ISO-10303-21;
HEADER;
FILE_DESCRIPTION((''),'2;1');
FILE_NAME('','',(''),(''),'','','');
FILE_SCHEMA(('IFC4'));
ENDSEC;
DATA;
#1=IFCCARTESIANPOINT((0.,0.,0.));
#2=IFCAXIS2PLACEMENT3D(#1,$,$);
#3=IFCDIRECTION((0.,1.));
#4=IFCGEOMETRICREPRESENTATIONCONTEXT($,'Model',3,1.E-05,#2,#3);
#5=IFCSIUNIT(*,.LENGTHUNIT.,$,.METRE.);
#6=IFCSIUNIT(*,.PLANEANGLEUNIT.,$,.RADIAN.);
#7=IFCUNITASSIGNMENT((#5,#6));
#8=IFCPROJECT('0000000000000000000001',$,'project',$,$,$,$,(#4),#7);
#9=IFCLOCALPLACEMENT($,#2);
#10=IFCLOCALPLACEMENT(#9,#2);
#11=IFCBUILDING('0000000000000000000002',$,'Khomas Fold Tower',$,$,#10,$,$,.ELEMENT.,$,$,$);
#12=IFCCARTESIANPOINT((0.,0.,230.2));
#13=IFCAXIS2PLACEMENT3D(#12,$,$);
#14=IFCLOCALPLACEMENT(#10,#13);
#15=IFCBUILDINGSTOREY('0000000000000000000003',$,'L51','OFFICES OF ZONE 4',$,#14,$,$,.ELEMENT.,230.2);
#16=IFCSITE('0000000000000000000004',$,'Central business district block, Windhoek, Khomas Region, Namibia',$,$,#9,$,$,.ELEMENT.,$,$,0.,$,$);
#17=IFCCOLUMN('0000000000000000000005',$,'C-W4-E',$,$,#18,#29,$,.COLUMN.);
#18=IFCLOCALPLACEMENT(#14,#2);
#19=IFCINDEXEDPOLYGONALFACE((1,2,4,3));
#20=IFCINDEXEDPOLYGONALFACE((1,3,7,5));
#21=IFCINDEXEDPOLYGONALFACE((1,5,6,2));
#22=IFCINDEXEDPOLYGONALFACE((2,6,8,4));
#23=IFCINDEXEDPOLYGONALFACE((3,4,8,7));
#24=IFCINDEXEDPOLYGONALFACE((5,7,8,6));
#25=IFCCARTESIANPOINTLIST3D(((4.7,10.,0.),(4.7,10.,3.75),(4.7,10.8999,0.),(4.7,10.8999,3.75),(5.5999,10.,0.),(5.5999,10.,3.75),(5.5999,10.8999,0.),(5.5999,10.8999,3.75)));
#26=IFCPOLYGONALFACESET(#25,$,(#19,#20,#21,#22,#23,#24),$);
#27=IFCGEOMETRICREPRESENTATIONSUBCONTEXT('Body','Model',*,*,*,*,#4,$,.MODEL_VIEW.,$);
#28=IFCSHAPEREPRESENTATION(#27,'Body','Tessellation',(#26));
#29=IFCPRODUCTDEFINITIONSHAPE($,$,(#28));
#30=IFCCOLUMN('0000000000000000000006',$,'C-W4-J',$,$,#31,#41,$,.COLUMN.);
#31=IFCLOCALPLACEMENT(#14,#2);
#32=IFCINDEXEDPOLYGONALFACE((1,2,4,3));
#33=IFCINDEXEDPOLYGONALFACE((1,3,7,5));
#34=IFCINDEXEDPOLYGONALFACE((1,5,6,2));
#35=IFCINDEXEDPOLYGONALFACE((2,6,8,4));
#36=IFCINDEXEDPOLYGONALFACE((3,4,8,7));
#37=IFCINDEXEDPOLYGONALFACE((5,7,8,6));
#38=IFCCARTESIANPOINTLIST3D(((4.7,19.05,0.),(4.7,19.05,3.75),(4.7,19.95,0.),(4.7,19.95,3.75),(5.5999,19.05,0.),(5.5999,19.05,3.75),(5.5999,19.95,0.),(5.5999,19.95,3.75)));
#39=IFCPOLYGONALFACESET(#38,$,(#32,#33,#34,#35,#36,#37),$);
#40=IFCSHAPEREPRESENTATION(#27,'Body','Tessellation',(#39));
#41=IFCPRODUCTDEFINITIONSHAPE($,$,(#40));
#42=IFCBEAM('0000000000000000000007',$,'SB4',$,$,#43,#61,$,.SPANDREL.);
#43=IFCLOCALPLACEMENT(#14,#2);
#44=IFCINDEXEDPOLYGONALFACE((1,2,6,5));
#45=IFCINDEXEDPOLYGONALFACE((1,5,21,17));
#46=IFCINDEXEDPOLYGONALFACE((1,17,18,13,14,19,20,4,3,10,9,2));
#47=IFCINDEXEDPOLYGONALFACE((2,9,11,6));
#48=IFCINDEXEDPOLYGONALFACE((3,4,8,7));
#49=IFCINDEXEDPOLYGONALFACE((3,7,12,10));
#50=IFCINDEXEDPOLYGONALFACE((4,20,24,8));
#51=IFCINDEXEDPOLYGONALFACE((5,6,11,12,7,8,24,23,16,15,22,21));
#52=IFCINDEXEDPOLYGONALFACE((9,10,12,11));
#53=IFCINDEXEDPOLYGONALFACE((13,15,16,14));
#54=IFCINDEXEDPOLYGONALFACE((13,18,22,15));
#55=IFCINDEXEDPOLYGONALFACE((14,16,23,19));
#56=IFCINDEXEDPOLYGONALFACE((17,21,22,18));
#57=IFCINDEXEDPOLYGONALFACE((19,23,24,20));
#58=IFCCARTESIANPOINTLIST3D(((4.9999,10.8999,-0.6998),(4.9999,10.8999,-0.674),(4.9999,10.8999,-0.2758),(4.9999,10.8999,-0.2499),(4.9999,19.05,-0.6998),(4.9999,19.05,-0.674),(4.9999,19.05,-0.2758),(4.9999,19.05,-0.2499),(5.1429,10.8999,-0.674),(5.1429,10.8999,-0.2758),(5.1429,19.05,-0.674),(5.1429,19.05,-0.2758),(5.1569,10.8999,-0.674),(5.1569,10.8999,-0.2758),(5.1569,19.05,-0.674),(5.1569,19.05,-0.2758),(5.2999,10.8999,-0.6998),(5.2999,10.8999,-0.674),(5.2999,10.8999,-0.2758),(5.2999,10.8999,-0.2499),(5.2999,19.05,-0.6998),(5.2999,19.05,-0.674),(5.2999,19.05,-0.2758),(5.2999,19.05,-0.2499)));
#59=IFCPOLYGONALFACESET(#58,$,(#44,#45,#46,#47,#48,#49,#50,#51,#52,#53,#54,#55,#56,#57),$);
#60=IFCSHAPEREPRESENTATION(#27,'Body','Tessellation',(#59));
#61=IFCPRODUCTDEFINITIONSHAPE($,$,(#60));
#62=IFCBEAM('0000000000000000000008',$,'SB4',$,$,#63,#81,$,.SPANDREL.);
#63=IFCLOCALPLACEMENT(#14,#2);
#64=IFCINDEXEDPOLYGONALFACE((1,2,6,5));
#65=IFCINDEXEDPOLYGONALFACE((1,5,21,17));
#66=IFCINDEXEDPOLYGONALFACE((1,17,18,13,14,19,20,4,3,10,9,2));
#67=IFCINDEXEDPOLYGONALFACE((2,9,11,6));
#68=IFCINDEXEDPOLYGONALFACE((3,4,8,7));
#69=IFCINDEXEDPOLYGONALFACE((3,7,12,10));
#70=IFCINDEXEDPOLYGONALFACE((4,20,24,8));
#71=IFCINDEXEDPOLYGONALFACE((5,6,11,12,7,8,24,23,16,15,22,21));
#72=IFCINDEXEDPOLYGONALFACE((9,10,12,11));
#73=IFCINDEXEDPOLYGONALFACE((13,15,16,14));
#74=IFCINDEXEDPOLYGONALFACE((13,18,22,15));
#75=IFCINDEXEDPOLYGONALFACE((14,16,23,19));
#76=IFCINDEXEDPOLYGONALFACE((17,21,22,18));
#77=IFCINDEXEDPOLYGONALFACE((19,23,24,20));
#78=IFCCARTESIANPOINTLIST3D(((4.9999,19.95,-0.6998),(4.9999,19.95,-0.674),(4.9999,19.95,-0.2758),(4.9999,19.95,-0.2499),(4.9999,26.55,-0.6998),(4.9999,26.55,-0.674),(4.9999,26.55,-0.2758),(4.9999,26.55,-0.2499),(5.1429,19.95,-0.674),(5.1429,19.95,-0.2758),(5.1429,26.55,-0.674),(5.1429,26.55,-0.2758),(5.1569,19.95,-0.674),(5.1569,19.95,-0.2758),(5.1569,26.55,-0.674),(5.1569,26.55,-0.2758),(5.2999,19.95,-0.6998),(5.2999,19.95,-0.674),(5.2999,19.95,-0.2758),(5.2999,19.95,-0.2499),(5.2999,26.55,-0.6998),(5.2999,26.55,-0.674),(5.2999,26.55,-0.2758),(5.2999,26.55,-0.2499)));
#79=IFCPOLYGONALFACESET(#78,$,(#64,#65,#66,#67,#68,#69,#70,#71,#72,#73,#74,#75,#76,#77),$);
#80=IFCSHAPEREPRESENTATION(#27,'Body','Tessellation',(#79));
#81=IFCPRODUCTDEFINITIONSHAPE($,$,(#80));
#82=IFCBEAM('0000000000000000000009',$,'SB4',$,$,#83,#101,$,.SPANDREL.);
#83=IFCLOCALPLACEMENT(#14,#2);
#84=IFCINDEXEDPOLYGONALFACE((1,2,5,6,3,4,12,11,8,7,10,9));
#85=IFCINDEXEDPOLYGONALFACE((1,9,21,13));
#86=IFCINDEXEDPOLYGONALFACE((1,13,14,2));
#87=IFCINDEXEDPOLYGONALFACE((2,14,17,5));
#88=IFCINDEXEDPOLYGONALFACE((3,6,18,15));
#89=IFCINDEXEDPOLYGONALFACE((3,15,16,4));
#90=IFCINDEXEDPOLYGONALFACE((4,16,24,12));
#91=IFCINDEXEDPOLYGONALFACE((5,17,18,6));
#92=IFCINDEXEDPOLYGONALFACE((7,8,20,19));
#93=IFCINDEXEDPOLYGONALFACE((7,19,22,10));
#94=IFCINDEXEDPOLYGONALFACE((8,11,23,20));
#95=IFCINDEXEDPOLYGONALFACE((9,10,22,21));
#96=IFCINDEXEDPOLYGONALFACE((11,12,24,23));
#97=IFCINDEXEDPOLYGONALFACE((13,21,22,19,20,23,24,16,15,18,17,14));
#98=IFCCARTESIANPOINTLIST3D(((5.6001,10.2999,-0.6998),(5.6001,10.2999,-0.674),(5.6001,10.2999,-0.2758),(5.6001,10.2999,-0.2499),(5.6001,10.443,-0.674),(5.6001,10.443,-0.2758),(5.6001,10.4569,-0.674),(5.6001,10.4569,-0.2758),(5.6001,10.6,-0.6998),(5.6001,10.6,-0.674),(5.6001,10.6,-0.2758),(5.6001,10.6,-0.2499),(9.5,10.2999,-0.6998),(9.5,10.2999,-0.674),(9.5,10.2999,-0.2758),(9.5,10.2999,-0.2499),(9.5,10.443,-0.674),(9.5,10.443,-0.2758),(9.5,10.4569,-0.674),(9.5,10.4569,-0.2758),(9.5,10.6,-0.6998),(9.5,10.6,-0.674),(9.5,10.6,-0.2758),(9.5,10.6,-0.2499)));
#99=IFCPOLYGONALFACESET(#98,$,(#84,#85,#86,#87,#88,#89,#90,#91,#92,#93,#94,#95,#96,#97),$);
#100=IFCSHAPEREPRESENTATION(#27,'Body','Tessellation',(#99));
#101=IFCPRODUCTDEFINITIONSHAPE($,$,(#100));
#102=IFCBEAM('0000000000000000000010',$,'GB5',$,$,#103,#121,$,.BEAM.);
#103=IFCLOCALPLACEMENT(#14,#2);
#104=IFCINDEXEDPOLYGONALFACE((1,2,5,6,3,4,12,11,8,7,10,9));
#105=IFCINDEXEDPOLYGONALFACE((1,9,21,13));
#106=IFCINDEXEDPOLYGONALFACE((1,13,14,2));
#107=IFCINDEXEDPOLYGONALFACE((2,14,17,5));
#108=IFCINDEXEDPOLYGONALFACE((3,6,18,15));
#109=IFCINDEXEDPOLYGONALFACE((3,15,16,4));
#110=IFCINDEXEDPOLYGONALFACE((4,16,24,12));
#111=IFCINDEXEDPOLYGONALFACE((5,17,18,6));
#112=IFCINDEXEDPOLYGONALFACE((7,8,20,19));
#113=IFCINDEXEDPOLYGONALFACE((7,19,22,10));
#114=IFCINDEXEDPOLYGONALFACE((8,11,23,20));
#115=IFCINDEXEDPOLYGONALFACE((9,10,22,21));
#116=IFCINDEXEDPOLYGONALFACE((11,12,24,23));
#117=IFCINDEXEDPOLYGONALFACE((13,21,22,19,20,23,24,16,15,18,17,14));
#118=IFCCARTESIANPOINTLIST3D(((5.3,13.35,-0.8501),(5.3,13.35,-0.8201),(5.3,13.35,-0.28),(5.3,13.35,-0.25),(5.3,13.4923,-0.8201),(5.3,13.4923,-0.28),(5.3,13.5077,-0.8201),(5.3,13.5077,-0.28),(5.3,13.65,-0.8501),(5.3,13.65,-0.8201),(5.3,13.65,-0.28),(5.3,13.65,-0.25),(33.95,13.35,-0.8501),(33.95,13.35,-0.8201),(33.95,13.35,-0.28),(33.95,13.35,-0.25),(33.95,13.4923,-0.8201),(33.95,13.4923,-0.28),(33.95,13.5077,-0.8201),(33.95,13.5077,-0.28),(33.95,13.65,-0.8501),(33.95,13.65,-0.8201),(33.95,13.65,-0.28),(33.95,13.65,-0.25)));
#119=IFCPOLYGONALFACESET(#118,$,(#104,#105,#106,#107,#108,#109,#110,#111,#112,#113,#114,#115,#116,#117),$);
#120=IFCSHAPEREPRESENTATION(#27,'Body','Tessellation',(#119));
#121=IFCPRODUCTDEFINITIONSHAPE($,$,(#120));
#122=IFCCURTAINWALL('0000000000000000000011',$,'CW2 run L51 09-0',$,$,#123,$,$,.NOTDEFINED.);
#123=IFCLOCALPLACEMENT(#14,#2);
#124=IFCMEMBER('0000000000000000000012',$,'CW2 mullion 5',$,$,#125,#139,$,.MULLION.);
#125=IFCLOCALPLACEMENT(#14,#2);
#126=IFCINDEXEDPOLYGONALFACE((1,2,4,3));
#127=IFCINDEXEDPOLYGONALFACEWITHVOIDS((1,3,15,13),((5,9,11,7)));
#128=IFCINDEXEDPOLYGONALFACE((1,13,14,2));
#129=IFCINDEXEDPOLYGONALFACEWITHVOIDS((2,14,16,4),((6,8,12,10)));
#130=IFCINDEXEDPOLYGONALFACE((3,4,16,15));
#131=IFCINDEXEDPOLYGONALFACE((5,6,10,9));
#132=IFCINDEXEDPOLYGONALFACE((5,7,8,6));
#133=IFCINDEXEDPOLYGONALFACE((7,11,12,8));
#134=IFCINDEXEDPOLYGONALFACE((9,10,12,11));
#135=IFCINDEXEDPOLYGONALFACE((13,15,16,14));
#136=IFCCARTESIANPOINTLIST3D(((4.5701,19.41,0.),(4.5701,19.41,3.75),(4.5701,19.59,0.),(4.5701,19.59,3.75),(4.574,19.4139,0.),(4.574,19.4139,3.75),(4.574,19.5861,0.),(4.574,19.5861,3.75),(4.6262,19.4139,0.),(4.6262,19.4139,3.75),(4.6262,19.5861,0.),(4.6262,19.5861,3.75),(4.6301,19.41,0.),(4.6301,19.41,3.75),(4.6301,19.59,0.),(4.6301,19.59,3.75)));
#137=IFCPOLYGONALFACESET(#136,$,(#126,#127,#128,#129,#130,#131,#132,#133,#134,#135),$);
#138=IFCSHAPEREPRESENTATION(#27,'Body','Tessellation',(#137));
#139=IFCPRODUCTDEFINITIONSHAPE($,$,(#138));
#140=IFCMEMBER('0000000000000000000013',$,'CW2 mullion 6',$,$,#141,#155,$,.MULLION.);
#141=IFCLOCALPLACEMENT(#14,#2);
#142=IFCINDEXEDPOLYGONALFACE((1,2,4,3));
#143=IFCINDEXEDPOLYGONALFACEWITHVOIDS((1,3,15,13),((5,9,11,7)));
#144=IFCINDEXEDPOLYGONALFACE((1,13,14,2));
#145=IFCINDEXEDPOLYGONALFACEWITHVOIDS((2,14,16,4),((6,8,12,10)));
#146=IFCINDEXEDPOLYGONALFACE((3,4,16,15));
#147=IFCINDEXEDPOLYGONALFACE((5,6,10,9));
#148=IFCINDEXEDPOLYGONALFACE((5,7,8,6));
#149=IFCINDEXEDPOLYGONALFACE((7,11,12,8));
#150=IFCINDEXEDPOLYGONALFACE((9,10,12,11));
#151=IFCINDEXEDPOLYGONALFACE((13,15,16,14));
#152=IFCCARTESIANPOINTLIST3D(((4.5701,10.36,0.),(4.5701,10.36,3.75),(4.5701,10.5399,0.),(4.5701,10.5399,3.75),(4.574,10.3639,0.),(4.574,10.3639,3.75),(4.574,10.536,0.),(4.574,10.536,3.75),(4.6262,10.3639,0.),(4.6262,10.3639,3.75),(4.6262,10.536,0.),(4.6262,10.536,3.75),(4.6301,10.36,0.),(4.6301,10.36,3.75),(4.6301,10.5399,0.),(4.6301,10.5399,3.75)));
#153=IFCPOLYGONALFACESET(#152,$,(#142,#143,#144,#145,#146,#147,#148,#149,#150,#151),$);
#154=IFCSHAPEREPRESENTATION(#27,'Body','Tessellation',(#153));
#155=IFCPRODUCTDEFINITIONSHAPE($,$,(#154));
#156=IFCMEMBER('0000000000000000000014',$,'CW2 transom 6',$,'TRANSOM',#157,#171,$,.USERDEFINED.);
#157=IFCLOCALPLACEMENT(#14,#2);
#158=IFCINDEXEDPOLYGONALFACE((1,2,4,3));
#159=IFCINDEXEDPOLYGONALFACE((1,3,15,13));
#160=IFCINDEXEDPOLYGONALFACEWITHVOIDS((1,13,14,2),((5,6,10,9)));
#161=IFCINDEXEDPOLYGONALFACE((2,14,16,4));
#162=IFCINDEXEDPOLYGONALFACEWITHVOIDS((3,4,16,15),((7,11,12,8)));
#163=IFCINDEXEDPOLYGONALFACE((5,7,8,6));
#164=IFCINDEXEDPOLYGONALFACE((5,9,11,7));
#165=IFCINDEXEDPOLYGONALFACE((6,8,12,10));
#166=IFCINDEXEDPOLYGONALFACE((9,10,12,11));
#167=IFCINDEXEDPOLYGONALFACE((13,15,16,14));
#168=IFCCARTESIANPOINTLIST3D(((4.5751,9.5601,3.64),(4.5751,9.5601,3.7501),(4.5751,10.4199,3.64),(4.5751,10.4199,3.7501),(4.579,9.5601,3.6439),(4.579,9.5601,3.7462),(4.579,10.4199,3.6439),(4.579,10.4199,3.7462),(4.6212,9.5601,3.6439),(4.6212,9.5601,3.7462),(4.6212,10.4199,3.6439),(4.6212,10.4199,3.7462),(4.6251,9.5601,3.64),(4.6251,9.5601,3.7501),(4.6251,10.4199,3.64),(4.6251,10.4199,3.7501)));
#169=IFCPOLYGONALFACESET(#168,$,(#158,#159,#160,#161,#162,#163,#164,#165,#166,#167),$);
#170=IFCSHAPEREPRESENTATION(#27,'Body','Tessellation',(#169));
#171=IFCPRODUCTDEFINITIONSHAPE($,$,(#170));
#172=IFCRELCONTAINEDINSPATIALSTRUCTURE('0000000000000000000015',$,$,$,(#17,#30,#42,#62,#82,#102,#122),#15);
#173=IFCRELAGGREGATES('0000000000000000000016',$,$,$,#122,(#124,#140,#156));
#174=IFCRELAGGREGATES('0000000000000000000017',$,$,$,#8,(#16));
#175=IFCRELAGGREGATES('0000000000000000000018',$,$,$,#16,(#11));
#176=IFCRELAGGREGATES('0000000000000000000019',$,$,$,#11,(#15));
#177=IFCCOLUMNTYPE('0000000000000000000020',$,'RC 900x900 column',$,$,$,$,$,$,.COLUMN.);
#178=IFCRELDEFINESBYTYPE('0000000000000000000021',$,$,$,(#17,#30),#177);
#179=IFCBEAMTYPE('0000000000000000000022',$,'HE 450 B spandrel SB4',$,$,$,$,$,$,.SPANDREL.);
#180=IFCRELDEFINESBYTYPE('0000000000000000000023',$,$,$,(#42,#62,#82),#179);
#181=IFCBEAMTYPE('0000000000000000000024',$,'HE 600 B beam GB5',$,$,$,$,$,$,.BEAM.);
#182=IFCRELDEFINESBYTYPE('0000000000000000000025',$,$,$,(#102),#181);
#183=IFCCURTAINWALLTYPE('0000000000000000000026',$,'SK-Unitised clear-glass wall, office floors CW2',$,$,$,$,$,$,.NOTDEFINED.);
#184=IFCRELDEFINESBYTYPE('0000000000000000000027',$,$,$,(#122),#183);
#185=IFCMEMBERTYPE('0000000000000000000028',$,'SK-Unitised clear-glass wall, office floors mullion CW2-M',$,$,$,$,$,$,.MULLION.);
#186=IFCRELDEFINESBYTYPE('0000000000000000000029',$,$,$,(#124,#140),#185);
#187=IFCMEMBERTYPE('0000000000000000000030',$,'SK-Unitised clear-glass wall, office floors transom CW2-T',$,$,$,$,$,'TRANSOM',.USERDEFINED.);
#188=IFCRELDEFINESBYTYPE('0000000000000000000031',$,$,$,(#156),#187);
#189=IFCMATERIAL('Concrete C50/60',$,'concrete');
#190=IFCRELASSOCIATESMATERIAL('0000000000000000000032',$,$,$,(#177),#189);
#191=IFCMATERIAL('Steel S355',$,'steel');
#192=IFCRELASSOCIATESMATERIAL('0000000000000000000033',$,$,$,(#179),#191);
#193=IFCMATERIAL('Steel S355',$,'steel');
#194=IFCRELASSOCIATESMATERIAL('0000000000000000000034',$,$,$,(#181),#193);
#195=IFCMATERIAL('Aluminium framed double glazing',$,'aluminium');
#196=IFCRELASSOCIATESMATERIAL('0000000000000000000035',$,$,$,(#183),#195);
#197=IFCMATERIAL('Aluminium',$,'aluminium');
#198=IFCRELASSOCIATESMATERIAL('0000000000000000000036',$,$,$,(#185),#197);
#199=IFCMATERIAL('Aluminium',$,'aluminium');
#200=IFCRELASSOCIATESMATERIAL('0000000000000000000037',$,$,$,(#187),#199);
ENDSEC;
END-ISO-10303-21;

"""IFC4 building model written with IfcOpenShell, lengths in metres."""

from ifc_helpers import new_model, si_unit, direction, frame, origin, origin_2d, place, context, subcontext, project, spatial, rectangle, hollow_rectangle, i_section, extrude, source, transform, mapped, material, material_profile, profile_set, type_object, element, aggregate, save


model = new_model("IFC4")

# Units and contexts
model_context = context("Model", 3, precision=1e-05, world=origin(), true_north=direction((0.0, 1.0)))
body_context = subcontext(model_context, "Body", "Model", "MODEL_VIEW")
ifc_project = project(units=[si_unit("LENGTHUNIT", "METRE"), si_unit("PLANEANGLEUNIT", "RADIAN")], contexts=[model_context])

# Site, building, storey
site_placement = place(None, origin())
site = spatial("IfcSite", under=ifc_project, at=site_placement, Name="Central business district block, Windhoek, Khomas Region, Namibia", CompositionType="ELEMENT", RefElevation=0.0)
building_placement = place(site_placement, origin())
building = spatial("IfcBuilding", under=site, at=building_placement, Name="Khomas Fold Tower", CompositionType="ELEMENT")
storey_placement = place(building_placement, frame((0.0, 0.0, 230.2)))
storey = spatial("IfcBuildingStorey", under=building, at=storey_placement, Name="L51", Description="OFFICES OF ZONE 4", CompositionType="ELEMENT", Elevation=230.2)

# Columns
ifc_material_1 = material(Name="Concrete C50/60", Category="concrete")
ifc_material_profile_1 = material_profile(ifc_material_1, rectangle(XDim=0.8999, YDim=0.8999, at=origin_2d()), Name="RC 900x900")
ifc_profile_set_1 = profile_set([ifc_material_profile_1], Name="Concrete C50/60")
column_type = type_object("IfcColumnType", Name="RC 900x900 column", PredefinedType="COLUMN", material=ifc_profile_set_1)
shared_shape_1 = source(origin(), body_context, "Body", "SweptSolid", [
    extrude(rectangle(XDim=0.8999, YDim=0.8999, at=origin_2d()), origin(), (0.0, 0.0, 1.0), 3.75),
])
for number, where, z_axis, x_axis, name in (
    (1, (5.1499, 10.45, 0.0), (0.0, 0.0, 1.0), (1.0, 0.0, 0.0), "C-W4-E"),
    (2, (5.1499, 19.5, 0.0), (0.0, 0.0, 1.0), (1.0, 0.0, 0.0), "C-W4-J"),
):
    element("IfcColumn", number, at=place(storey_placement, frame(where, z_axis=z_axis, x_axis=x_axis)), inside=storey, type_object=column_type, Name=name, PredefinedType="COLUMN", context=body_context, shape_type="MappedRepresentation", body=[
        mapped(shared_shape_1, transform((0.0, 0.0, 0.0))),
    ])

# Beams
ifc_material_2 = material(Name="Steel S355", Category="steel")
ifc_material_profile_2 = material_profile(ifc_material_2, i_section(OverallWidth=0.3, OverallDepth=0.45, WebThickness=0.0139, FlangeThickness=0.0259, at=origin_2d()), Name="HE 450 B")
ifc_profile_set_2 = profile_set([ifc_material_profile_2], Name="Steel S355")
beam_type_1 = type_object("IfcBeamType", Name="HE 450 B spandrel SB4", PredefinedType="SPANDREL", material=ifc_profile_set_2)
shared_shape_2 = source(origin(), body_context, "Body", "SweptSolid", [
    extrude(i_section(OverallWidth=0.3, OverallDepth=0.45, WebThickness=0.0139, FlangeThickness=0.0259, at=origin_2d()), origin(), (0.0, 0.0, 1.0), 8.1501),
])
beam_1_placement = place(storey_placement, frame((5.1499, 10.8999, -0.4749), z_axis=(0.0, 1.0, 0.0), x_axis=(-1.0, 0.0, 0.0)))
element("IfcBeam", 3, at=beam_1_placement, inside=storey, type_object=beam_type_1, Name="SB4", PredefinedType="SPANDREL", context=body_context, shape_type="MappedRepresentation", body=[
    mapped(shared_shape_2, transform((0.0, 0.0, 0.0))),
])
shared_shape_3 = source(origin(), body_context, "Body", "SweptSolid", [
    extrude(i_section(OverallWidth=0.3, OverallDepth=0.45, WebThickness=0.0139, FlangeThickness=0.0259, at=origin_2d()), origin(), (0.0, 0.0, 1.0), 6.6001),
])
beam_2_placement = place(storey_placement, frame((5.1499, 19.95, -0.4749), z_axis=(0.0, 1.0, 0.0), x_axis=(-1.0, 0.0, 0.0)))
element("IfcBeam", 4, at=beam_2_placement, inside=storey, type_object=beam_type_1, Name="SB4", PredefinedType="SPANDREL", context=body_context, shape_type="MappedRepresentation", body=[
    mapped(shared_shape_3, transform((0.0, 0.0, 0.0))),
])
shared_shape_4 = source(origin(), body_context, "Body", "SweptSolid", [
    extrude(i_section(OverallWidth=0.3, OverallDepth=0.45, WebThickness=0.0139, FlangeThickness=0.0259, at=origin_2d()), origin(), (0.0, 0.0, 1.0), 3.8999),
])
beam_3_placement = place(storey_placement, frame((5.6001, 10.45, -0.4749), z_axis=(1.0, 0.0, 0.0), x_axis=(0.0, 1.0, 0.0)))
element("IfcBeam", 5, at=beam_3_placement, inside=storey, type_object=beam_type_1, Name="SB4", PredefinedType="SPANDREL", context=body_context, shape_type="MappedRepresentation", body=[
    mapped(shared_shape_4, transform((0.0, 0.0, 0.0))),
])
ifc_material_3 = material(Name="Steel S355", Category="steel")
ifc_material_profile_3 = material_profile(ifc_material_3, i_section(OverallWidth=0.3, OverallDepth=0.6001, WebThickness=0.0154, FlangeThickness=0.03, at=origin_2d()), Name="HE 600 B")
ifc_profile_set_3 = profile_set([ifc_material_profile_3], Name="Steel S355")
beam_type_2 = type_object("IfcBeamType", Name="HE 600 B beam GB5", PredefinedType="BEAM", material=ifc_profile_set_3)
shared_shape_5 = source(origin(), body_context, "Body", "SweptSolid", [
    extrude(i_section(OverallWidth=0.3, OverallDepth=0.6001, WebThickness=0.0154, FlangeThickness=0.03, at=origin_2d()), origin(), (0.0, 0.0, 1.0), 28.6499),
])
beam_4_placement = place(storey_placement, frame((5.3, 13.5, -0.55), z_axis=(1.0, 0.0, 0.0), x_axis=(0.0, 1.0, 0.0)))
element("IfcBeam", 6, at=beam_4_placement, inside=storey, type_object=beam_type_2, Name="GB5", PredefinedType="BEAM", context=body_context, shape_type="MappedRepresentation", body=[
    mapped(shared_shape_5, transform((0.0, 0.0, 0.0))),
])

# Curtain wall, members
ifc_material_4 = material(Name="Aluminium framed double glazing", Category="aluminium")
curtain_wall_type = type_object("IfcCurtainWallType", Name="SK-Unitised clear-glass wall, office floors CW2", PredefinedType="NOTDEFINED", material=ifc_material_4)
curtain_wall_placement = place(storey_placement, origin())
curtain_wall = element("IfcCurtainWall", 7, at=curtain_wall_placement, inside=storey, type_object=curtain_wall_type, Name="CW2 run L51 09-0", PredefinedType="NOTDEFINED")
ifc_material_5 = material(Name="Aluminium", Category="aluminium")
ifc_material_profile_4 = material_profile(ifc_material_5, hollow_rectangle(XDim=0.0601, YDim=0.1799, WallThickness=0.0039, at=origin_2d()), Name="SK-Unitised clear-glass wall, office floors mullion CW2-M")
ifc_profile_set_4 = profile_set([ifc_material_profile_4], Name="Aluminium")
member_type_1 = type_object("IfcMemberType", Name="SK-Unitised clear-glass wall, office floors mullion CW2-M", PredefinedType="MULLION", material=ifc_profile_set_4)
shared_shape_6 = source(origin(), body_context, "Body", "SweptSolid", [
    extrude(hollow_rectangle(XDim=0.0601, YDim=0.1799, WallThickness=0.0039, at=origin_2d()), origin(), (0.0, 0.0, 1.0), 3.75),
])
member_1_placement = place(storey_placement, frame((4.6001, 19.5, 0.0), z_axis=(0.0, 0.0, 1.0), x_axis=(1.0, 0.0, 0.0)))
member_1 = element("IfcMember", 8, at=member_1_placement, type_object=member_type_1, Name="CW2 mullion 5", PredefinedType="MULLION", context=body_context, shape_type="MappedRepresentation", body=[
    mapped(shared_shape_6, transform((0.0, 0.0, 0.0))),
])
member_2_placement = place(storey_placement, frame((4.6001, 10.45, 0.0), z_axis=(0.0, 0.0, 1.0), x_axis=(1.0, 0.0, 0.0)))
member_2 = element("IfcMember", 9, at=member_2_placement, type_object=member_type_1, Name="CW2 mullion 6", PredefinedType="MULLION", context=body_context, shape_type="MappedRepresentation", body=[
    mapped(shared_shape_6, transform((0.0, 0.0, 0.0))),
])
ifc_material_6 = material(Name="Aluminium", Category="aluminium")
ifc_material_profile_5 = material_profile(ifc_material_6, hollow_rectangle(XDim=0.05, YDim=0.1101, WallThickness=0.0039, at=origin_2d()), Name="SK-Unitised clear-glass wall, office floors transom CW2-T")
ifc_profile_set_5 = profile_set([ifc_material_profile_5], Name="Aluminium")
member_type_2 = type_object("IfcMemberType", Name="SK-Unitised clear-glass wall, office floors transom CW2-T", ElementType="TRANSOM", PredefinedType="USERDEFINED", material=ifc_profile_set_5)
shared_shape_7 = source(origin(), body_context, "Body", "SweptSolid", [
    extrude(hollow_rectangle(XDim=0.05, YDim=0.1101, WallThickness=0.0039, at=origin_2d()), origin(), (0.0, 0.0, 1.0), 0.8599),
])
member_3_placement = place(storey_placement, frame((4.6001, 10.4199, 3.6951), z_axis=(0.0, -1.0, 0.0), x_axis=(1.0, 0.0, 0.0)))
member_3 = element("IfcMember", 10, at=member_3_placement, type_object=member_type_2, Name="CW2 transom 6", ObjectType="TRANSOM", PredefinedType="USERDEFINED", context=body_context, shape_type="MappedRepresentation", body=[
    mapped(shared_shape_7, transform((0.0, 0.0, 0.0))),
])
aggregate(curtain_wall, [member_1, member_2, member_3])

save(model, "model.ifc")
